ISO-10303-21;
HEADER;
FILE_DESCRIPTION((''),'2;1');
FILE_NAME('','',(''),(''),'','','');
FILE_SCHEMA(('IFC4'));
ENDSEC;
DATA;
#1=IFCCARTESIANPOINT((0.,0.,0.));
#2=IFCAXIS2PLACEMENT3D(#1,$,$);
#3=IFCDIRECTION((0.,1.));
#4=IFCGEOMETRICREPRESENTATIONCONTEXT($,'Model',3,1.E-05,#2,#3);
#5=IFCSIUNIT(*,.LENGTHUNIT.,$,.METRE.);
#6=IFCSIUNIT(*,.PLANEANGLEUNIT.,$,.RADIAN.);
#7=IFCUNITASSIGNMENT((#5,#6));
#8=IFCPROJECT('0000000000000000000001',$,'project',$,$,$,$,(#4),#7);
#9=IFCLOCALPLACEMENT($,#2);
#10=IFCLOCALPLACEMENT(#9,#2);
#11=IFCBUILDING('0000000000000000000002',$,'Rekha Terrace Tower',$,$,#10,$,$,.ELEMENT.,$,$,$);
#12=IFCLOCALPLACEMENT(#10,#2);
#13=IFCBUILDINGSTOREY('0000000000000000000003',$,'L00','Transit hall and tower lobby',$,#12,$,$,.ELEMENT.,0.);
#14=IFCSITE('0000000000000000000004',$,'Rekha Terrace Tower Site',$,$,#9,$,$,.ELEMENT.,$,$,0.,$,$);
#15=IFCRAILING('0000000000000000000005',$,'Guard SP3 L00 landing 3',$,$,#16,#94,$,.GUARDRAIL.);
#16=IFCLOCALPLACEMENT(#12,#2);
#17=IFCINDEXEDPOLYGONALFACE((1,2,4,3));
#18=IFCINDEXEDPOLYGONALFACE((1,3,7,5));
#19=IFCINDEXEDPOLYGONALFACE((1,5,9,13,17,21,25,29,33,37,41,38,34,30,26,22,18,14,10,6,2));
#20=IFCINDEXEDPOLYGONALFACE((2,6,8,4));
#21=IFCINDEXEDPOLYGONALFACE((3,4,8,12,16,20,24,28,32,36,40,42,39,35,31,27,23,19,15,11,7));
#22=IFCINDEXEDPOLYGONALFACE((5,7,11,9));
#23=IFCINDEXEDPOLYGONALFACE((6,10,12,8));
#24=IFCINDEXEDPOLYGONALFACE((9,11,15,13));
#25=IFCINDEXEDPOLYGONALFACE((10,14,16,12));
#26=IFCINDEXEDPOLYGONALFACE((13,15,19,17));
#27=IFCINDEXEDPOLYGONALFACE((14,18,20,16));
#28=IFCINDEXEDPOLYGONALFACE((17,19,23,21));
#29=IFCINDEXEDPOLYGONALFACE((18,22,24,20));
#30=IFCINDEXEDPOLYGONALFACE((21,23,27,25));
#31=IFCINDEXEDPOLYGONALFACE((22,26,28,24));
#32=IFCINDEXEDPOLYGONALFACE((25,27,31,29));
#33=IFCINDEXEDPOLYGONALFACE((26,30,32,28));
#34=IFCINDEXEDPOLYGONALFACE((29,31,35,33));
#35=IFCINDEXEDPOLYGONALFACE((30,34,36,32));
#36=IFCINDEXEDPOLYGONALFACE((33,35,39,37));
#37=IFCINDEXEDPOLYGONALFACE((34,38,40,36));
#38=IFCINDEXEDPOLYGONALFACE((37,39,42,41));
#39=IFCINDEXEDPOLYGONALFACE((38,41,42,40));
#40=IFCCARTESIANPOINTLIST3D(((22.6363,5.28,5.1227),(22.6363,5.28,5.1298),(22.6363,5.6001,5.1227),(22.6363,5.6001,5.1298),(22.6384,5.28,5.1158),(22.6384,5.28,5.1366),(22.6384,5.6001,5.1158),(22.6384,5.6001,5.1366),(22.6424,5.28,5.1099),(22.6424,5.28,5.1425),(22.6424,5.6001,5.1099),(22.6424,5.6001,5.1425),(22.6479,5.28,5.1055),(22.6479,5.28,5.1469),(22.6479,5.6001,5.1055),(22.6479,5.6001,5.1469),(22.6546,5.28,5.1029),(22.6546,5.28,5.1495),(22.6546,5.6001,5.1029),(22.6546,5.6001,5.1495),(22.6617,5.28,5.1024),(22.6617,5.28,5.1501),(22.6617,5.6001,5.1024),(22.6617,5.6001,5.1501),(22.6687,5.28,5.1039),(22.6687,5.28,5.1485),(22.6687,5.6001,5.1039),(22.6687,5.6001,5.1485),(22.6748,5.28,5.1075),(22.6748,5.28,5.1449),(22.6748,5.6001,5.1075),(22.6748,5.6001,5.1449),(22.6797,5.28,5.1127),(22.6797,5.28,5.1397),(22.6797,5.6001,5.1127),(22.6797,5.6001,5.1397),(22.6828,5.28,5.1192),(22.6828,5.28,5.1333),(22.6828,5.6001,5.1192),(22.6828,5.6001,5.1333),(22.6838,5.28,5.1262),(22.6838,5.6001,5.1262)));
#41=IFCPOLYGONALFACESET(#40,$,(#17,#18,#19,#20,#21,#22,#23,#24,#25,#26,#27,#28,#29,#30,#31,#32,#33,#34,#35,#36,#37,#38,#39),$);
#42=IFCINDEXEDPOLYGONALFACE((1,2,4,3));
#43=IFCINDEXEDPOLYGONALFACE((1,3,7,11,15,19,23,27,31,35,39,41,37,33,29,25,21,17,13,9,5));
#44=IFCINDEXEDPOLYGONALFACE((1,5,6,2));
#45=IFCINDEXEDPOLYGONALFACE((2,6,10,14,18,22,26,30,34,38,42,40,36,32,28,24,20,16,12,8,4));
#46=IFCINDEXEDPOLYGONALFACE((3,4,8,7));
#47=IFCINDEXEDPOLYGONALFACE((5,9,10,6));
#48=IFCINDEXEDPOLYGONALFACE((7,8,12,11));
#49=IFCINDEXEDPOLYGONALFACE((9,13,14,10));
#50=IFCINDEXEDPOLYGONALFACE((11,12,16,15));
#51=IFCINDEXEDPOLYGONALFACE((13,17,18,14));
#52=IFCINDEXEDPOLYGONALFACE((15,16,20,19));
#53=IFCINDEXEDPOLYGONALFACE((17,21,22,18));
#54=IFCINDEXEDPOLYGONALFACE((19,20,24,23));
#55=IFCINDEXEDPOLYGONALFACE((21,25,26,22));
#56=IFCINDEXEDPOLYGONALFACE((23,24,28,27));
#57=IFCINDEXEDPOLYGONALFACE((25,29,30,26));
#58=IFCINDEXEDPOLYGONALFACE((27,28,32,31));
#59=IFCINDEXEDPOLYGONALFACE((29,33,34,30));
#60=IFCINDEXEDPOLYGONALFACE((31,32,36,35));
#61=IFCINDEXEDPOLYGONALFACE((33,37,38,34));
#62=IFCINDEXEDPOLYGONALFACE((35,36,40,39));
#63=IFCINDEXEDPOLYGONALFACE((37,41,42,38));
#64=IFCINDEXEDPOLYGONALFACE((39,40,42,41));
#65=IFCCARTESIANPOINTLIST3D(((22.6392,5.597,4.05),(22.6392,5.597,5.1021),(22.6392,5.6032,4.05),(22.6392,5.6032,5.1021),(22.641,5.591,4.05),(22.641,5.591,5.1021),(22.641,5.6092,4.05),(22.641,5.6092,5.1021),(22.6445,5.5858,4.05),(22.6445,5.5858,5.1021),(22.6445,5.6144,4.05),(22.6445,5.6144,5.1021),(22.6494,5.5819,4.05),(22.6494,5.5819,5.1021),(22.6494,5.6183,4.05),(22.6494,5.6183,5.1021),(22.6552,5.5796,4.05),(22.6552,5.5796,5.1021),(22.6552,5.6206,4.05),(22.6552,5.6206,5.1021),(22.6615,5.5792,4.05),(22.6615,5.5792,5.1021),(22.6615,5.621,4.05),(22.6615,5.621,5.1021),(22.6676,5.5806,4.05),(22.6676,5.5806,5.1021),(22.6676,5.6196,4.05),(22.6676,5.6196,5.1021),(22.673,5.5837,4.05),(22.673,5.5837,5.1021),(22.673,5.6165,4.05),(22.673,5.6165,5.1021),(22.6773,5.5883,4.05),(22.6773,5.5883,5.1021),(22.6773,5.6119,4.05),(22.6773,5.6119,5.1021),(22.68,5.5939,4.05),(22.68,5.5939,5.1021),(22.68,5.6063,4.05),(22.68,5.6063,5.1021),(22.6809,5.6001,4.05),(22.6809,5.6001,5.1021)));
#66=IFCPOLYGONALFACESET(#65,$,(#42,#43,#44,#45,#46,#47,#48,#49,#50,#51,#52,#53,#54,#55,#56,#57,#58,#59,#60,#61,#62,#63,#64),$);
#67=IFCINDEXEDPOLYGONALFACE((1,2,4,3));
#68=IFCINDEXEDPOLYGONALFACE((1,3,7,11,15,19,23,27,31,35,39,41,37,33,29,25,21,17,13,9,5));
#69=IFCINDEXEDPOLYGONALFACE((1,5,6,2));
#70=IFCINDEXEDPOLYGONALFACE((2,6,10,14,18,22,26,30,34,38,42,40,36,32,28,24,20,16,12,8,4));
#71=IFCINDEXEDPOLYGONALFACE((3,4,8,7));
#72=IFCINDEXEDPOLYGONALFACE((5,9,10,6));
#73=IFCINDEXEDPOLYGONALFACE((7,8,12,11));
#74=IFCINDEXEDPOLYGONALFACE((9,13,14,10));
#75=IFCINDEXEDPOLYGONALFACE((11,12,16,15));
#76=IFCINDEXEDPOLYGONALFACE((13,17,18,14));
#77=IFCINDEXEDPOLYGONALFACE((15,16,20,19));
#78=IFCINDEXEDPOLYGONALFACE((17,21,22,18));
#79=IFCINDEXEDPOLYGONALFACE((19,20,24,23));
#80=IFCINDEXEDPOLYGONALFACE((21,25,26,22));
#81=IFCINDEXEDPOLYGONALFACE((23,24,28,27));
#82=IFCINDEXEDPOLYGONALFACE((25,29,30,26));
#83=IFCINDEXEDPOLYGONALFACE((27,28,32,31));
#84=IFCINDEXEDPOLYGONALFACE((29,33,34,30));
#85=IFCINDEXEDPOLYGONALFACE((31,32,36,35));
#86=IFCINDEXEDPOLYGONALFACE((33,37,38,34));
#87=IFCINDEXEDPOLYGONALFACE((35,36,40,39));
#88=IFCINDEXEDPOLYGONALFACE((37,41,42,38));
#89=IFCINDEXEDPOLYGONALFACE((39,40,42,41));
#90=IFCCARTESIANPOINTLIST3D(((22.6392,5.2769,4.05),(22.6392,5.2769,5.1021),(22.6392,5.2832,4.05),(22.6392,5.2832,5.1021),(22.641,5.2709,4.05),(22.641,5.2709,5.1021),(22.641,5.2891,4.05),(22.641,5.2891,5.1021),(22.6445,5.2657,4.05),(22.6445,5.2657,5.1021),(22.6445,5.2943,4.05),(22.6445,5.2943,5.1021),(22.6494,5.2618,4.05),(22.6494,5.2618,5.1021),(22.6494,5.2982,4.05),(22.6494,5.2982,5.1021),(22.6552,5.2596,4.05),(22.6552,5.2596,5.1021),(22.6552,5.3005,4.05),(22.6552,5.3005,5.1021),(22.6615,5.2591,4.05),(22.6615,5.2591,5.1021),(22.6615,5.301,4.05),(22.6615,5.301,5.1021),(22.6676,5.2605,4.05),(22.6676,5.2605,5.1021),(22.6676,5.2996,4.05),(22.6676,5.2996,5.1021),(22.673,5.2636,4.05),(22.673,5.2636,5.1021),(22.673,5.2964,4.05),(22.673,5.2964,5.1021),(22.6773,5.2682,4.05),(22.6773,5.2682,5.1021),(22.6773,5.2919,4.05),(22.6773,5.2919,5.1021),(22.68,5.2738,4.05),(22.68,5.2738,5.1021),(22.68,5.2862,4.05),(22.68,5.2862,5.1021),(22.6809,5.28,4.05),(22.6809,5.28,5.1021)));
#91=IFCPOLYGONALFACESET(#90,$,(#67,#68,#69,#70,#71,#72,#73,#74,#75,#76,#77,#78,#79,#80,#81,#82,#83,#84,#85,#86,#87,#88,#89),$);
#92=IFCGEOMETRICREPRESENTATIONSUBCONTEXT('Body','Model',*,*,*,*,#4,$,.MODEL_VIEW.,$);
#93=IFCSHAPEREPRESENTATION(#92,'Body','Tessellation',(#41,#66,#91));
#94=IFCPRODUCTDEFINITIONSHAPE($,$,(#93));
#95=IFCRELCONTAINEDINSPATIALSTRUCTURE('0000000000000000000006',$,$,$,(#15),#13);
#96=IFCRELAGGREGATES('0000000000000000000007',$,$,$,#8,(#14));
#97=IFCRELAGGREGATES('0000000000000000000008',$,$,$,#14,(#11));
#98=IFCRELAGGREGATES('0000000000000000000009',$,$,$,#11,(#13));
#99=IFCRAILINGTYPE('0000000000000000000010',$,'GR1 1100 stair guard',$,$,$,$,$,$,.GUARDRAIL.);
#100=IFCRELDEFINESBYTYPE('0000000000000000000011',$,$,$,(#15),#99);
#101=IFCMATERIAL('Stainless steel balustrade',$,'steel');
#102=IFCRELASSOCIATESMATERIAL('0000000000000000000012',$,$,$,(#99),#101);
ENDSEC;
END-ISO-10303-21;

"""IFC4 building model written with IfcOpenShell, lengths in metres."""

from ifc_helpers import new_model, si_unit, direction, frame, origin, origin_2d, place, context, subcontext, project, spatial, circle, extrude, material, type_object, element, save


model = new_model("IFC4")

# Units and contexts
model_context = context("Model", 3, precision=1e-05, world=origin(), true_north=direction((0.0, 1.0)))
body_context = subcontext(model_context, "Body", "Model", "MODEL_VIEW")
ifc_project = project(units=[si_unit("LENGTHUNIT", "METRE"), si_unit("PLANEANGLEUNIT", "RADIAN")], contexts=[model_context])

# Site, building, storey
site_placement = place(None, origin())
site = spatial("IfcSite", under=ifc_project, at=site_placement, Name="Rekha Terrace Tower Site", CompositionType="ELEMENT", RefElevation=0.0)
building_placement = place(site_placement, origin())
building = spatial("IfcBuilding", under=site, at=building_placement, Name="Rekha Terrace Tower", CompositionType="ELEMENT")
storey_placement = place(building_placement, origin())
storey = spatial("IfcBuildingStorey", under=building, at=storey_placement, Name="L00", Description="Transit hall and tower lobby", CompositionType="ELEMENT", Elevation=0.0)

# Railing
ifc_material_1 = material(Name="Stainless steel balustrade", Category="steel")
railing_type_1 = type_object("IfcRailingType", Name="GR1 1100 stair guard", PredefinedType="GUARDRAIL", material=ifc_material_1)
railing_1_placement = place(storey_placement, frame((22.6599, 5.6001, 4.05)))
element("IfcRailing", 1, at=railing_1_placement, inside=storey, type_object=railing_type_1, Name="Guard SP3 L00 landing 3", PredefinedType="GUARDRAIL", context=body_context, shape_type="SweptSolid", body=[
    extrude(circle(Radius=0.0239, at=origin_2d()), frame((0.0, 0.0, 1.0762), z_axis=(0.0, -1.0, 0.0), x_axis=(1.0, 0.0, 0.0)), (0.0, 0.0, 1.0), 0.3201),
    extrude(circle(Radius=0.021, at=origin_2d()), origin(), (0.0, 0.0, 1.0), 1.052),
    extrude(circle(Radius=0.021, at=origin_2d()), frame((0.0, -0.3201, 0.0)), (0.0, 0.0, 1.0), 1.052),
])

save(model, "model.ifc")
